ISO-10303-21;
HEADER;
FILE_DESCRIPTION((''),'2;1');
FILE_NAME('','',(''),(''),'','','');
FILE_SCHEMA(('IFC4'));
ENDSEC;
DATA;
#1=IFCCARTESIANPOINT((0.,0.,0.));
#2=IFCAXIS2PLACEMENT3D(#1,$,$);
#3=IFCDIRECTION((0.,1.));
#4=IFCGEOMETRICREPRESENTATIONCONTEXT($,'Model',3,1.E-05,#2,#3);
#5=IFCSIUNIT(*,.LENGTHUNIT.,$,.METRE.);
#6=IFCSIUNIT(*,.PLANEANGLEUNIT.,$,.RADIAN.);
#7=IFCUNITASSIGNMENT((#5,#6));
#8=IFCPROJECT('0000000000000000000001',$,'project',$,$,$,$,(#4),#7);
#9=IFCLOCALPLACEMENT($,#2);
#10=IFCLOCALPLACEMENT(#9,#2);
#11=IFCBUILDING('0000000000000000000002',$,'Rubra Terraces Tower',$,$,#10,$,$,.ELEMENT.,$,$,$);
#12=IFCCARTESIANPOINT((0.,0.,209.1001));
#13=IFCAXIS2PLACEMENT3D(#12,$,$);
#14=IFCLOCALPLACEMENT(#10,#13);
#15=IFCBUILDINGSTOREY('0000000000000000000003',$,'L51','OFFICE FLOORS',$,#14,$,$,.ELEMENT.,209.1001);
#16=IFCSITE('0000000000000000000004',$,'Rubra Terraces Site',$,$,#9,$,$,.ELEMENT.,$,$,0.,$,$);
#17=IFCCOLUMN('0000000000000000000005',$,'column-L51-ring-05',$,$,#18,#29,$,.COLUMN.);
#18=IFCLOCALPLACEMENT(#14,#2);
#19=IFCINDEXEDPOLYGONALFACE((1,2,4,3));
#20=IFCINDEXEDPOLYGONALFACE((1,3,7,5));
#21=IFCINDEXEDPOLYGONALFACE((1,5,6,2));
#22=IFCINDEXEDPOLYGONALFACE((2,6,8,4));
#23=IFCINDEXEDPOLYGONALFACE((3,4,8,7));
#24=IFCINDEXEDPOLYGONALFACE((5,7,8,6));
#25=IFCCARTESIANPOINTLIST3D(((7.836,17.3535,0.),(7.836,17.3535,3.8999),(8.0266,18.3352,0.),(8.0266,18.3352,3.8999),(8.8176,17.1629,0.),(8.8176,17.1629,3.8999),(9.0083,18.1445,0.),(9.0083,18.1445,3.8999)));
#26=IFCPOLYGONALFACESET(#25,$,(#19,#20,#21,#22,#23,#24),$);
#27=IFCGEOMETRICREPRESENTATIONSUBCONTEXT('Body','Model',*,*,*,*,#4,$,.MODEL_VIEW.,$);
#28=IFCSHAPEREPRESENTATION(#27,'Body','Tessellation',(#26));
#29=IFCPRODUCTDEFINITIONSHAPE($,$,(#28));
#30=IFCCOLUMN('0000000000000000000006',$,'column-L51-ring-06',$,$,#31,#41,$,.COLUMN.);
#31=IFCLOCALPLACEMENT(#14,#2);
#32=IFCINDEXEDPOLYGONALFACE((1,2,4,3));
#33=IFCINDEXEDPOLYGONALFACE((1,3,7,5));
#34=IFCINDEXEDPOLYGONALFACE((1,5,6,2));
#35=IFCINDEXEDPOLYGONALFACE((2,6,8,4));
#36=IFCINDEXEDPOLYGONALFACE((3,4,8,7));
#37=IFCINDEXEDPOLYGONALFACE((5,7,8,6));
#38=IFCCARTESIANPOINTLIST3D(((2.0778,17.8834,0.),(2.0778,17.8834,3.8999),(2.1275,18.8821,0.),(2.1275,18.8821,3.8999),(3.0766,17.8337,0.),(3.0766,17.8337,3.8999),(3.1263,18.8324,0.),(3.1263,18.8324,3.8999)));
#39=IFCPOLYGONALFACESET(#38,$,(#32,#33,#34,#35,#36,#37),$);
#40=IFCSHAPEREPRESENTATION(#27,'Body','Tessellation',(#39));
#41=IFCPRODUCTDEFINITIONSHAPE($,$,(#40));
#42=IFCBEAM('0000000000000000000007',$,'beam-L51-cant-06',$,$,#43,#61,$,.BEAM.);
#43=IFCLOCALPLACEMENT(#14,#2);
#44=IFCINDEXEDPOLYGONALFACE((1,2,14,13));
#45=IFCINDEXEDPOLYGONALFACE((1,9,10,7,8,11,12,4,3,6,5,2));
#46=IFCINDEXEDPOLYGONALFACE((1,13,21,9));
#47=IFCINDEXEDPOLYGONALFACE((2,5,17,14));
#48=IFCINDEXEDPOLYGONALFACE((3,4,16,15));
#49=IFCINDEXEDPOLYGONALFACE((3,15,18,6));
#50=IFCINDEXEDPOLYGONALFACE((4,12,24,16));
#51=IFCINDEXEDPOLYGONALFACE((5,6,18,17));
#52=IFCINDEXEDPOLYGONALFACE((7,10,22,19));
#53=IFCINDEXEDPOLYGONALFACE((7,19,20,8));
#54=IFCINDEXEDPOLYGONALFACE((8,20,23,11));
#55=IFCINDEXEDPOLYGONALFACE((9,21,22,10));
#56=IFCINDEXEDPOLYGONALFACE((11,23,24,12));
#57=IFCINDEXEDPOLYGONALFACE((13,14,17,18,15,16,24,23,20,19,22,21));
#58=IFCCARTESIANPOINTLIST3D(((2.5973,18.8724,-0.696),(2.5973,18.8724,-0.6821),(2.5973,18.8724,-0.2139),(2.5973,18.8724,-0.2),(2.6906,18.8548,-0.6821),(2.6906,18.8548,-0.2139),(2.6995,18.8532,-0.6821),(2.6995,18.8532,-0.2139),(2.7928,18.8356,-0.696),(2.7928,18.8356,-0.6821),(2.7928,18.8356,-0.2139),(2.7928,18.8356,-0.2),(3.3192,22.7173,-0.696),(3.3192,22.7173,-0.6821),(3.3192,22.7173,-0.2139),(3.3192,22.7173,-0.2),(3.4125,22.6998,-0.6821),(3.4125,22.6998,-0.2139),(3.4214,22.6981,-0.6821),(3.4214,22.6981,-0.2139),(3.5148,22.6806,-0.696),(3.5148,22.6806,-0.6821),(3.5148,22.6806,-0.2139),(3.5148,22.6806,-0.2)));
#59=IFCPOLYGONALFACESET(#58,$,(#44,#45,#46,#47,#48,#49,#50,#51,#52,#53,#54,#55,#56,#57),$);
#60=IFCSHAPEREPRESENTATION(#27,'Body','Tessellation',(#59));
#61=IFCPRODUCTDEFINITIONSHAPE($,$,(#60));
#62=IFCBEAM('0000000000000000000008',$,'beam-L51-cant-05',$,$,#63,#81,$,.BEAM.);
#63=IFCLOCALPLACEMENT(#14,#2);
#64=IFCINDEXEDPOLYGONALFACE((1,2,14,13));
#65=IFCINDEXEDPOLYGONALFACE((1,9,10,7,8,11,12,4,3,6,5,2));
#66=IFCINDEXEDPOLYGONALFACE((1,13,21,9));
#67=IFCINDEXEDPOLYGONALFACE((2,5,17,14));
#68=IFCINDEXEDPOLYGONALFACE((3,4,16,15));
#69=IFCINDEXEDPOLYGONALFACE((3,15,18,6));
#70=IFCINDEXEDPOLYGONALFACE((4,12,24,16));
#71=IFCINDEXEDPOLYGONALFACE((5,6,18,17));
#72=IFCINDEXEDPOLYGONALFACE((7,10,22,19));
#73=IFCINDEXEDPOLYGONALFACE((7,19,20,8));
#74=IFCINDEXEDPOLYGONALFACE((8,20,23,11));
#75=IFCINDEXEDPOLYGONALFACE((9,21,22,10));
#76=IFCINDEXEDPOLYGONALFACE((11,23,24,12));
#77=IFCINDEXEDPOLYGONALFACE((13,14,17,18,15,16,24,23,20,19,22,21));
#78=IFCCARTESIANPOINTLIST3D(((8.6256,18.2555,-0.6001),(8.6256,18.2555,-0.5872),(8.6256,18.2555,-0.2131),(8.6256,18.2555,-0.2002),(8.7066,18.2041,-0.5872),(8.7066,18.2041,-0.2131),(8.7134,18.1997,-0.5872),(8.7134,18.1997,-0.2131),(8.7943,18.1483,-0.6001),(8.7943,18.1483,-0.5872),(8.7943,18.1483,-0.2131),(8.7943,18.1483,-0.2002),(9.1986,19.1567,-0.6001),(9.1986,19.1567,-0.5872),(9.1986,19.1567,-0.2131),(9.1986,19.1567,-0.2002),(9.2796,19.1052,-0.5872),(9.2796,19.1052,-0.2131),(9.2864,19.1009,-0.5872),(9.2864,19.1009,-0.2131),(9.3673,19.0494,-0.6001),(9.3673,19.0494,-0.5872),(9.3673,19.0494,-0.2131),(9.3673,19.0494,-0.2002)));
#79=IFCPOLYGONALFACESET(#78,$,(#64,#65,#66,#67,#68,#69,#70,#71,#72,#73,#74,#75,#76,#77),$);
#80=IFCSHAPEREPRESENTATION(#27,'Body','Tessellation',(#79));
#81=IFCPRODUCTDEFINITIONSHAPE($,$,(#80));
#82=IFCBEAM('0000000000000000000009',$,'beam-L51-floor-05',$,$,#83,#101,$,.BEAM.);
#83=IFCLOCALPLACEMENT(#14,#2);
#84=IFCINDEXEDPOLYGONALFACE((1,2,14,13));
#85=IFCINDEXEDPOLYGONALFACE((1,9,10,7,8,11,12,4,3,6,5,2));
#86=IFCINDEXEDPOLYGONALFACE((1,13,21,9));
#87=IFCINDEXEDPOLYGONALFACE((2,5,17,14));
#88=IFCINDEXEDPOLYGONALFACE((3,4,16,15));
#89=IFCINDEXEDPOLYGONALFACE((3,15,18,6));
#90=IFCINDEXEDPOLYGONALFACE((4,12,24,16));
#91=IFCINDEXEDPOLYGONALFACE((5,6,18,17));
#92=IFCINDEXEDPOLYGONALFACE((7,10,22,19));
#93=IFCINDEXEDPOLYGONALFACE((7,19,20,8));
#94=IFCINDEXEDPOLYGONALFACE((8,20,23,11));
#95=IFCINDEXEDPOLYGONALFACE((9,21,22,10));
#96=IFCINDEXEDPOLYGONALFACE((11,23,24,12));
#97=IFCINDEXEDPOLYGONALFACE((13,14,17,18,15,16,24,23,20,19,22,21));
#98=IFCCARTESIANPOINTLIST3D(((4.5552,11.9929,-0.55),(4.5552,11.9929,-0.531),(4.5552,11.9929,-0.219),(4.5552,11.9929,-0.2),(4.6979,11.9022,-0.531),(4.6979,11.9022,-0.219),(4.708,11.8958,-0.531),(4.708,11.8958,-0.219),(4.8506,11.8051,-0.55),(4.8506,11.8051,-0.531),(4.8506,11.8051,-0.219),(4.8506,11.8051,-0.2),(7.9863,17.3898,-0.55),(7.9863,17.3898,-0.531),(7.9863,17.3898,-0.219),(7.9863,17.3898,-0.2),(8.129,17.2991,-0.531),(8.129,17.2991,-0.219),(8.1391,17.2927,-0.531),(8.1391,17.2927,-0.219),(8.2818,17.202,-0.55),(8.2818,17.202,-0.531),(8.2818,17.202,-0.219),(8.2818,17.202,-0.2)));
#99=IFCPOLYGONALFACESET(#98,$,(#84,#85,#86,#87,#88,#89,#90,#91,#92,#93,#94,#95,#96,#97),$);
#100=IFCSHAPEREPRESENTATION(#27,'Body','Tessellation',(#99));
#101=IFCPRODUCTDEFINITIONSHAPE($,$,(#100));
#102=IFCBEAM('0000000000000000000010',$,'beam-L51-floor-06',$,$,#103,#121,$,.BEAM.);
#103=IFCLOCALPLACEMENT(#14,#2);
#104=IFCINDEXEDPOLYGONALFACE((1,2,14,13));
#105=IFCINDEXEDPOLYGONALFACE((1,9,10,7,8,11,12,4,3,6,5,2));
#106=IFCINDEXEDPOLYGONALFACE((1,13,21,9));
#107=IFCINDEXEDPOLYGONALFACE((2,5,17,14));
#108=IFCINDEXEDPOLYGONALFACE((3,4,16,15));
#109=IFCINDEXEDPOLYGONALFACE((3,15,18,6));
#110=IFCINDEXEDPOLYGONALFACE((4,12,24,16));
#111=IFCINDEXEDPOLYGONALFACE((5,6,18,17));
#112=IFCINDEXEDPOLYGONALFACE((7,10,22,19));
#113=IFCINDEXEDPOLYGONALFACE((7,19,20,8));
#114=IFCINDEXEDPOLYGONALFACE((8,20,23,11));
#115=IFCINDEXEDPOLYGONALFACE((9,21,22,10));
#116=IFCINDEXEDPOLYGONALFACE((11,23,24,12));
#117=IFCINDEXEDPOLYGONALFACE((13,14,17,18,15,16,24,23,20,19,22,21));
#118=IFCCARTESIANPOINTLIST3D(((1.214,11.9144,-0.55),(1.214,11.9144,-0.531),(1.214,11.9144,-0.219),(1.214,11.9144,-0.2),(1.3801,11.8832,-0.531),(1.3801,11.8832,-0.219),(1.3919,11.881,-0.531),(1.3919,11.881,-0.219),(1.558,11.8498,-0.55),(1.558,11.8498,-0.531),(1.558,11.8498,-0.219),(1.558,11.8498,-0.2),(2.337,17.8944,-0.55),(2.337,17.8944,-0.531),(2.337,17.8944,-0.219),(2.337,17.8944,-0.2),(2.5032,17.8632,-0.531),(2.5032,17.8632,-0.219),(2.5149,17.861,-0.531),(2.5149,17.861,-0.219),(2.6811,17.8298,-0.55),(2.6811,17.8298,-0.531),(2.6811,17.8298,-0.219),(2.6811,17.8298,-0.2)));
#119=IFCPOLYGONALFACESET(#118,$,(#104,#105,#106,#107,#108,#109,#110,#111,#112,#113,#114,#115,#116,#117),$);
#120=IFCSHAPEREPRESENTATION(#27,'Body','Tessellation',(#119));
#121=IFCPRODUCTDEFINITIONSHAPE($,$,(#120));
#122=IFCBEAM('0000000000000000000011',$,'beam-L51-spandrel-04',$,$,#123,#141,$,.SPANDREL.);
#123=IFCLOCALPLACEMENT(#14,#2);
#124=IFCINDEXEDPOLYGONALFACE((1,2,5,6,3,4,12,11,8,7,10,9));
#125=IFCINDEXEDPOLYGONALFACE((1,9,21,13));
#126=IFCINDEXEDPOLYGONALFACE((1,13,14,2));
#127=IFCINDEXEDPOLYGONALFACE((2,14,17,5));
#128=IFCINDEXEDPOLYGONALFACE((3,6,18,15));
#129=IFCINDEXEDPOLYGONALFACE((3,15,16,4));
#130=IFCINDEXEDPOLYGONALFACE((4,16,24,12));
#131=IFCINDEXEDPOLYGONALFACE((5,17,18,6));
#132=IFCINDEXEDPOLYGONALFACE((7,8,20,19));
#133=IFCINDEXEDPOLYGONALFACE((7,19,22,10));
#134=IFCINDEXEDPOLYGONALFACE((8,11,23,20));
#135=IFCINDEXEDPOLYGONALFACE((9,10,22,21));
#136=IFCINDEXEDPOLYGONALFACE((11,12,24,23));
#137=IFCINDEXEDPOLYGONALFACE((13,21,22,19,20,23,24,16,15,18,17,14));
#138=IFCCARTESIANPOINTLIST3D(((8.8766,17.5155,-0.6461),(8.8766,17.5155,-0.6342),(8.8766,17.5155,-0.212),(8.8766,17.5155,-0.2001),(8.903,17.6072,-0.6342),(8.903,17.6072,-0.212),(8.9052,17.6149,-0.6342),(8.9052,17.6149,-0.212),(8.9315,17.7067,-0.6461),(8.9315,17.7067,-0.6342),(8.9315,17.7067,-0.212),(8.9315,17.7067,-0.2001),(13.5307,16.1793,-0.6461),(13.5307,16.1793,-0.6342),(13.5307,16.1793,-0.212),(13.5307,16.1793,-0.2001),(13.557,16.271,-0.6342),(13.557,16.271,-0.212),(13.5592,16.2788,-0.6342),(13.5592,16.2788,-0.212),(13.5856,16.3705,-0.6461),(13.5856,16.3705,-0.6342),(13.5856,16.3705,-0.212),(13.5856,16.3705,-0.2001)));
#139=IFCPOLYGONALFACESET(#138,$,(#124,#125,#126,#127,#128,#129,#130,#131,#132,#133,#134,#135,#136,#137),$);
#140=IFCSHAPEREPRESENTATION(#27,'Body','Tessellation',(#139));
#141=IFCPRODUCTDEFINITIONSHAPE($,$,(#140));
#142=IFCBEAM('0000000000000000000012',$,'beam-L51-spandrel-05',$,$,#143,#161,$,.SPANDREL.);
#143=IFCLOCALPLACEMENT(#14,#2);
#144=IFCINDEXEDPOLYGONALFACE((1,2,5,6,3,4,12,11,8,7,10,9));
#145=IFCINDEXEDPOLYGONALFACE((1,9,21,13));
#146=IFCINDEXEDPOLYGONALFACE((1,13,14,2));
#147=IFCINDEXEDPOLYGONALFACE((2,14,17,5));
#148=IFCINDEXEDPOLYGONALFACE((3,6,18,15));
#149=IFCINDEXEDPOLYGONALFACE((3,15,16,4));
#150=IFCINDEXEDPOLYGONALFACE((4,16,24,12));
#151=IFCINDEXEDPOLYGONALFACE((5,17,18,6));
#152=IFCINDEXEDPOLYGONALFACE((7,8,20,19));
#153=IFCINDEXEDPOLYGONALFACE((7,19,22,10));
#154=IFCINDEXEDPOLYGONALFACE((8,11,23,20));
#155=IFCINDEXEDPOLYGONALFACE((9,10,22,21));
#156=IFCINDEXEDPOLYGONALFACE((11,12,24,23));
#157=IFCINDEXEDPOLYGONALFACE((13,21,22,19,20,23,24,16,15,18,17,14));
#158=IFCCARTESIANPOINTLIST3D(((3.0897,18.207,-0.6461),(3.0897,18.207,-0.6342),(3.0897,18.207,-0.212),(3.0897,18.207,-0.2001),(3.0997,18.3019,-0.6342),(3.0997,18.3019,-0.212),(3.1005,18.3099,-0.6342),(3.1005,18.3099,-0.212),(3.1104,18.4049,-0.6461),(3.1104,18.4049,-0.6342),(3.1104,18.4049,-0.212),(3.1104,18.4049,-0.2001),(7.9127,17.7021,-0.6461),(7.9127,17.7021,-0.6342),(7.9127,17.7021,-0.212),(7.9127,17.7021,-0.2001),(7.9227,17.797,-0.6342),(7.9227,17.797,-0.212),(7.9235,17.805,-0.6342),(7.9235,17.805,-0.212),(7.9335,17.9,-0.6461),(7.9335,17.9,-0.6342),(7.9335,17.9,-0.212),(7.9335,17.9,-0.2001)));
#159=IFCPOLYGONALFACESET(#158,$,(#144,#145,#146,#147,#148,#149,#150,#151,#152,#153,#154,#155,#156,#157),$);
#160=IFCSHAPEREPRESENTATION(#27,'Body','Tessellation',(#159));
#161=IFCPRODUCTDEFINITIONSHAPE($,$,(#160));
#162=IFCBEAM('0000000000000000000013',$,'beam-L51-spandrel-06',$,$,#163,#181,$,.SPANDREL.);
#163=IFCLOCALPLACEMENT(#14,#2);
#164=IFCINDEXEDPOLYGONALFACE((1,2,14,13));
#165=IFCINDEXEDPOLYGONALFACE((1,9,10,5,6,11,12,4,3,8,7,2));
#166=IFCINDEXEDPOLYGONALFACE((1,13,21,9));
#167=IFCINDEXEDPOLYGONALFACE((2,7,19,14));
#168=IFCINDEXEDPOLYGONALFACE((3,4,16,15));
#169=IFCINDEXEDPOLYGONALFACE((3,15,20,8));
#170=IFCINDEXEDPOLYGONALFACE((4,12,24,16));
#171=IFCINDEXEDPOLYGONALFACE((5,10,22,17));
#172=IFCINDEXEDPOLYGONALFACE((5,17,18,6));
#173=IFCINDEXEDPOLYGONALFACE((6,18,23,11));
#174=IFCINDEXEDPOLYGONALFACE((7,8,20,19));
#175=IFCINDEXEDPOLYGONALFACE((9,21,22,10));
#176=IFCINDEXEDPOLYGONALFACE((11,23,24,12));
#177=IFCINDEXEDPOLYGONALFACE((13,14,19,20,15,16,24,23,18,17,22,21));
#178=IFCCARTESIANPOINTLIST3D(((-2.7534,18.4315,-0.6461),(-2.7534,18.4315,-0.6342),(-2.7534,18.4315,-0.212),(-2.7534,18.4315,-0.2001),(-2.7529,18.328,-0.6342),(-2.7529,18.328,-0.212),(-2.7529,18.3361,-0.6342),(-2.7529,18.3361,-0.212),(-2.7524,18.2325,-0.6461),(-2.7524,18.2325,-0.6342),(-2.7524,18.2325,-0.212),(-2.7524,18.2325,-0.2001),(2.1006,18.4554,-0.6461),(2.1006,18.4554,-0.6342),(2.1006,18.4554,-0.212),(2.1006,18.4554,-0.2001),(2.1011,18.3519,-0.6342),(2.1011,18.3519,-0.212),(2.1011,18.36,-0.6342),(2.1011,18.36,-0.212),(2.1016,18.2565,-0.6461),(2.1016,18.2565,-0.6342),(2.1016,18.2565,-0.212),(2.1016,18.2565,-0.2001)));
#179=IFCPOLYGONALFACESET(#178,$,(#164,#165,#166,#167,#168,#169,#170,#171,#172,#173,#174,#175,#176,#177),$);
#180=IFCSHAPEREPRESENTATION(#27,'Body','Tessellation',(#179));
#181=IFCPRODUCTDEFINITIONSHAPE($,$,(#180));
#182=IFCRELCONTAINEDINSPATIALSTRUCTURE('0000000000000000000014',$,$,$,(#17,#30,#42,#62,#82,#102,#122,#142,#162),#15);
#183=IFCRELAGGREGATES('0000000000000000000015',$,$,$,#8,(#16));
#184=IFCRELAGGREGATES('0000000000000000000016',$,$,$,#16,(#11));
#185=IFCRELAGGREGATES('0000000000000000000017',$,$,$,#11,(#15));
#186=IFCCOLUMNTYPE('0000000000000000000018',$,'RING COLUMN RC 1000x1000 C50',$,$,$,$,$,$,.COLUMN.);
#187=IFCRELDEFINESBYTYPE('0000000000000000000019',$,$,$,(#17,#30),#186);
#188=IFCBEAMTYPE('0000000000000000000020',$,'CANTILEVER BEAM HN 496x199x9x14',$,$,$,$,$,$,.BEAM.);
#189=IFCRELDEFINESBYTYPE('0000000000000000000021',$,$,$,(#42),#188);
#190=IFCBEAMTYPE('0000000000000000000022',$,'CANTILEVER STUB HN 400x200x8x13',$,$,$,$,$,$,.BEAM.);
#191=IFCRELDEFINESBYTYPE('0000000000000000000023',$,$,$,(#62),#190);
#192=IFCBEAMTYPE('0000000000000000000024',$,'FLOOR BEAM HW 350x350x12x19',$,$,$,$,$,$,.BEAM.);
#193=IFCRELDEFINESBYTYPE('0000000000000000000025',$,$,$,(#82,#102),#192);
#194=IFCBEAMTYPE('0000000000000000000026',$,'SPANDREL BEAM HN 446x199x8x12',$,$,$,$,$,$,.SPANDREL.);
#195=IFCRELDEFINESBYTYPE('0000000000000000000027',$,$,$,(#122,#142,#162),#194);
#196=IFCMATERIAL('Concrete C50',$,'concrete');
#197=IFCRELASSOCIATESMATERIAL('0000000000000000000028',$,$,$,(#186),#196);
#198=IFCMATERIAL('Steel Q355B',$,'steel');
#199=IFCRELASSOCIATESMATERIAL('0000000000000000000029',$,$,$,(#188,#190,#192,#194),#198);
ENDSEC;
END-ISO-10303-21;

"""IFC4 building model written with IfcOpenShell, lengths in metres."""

from ifc_helpers import new_model, si_unit, direction, frame, origin, origin_2d, place, context, subcontext, project, spatial, rectangle, i_section, extrude, material, material_profile, profile_set, type_object, element, save


model = new_model("IFC4")

# Units and contexts
model_context = context("Model", 3, precision=1e-05, world=origin(), true_north=direction((0.0, 1.0)))
body_context = subcontext(model_context, "Body", "Model", "MODEL_VIEW")
ifc_project = project(units=[si_unit("LENGTHUNIT", "METRE"), si_unit("PLANEANGLEUNIT", "RADIAN")], contexts=[model_context])

# Site, building, storey
site_placement = place(None, origin())
site = spatial("IfcSite", under=ifc_project, at=site_placement, Name="Rubra Terraces Site", CompositionType="ELEMENT", RefElevation=0.0)
building_placement = place(site_placement, origin())
building = spatial("IfcBuilding", under=site, at=building_placement, Name="Rubra Terraces Tower", CompositionType="ELEMENT")
storey_placement = place(building_placement, frame((0.0, 0.0, 209.1001)))
storey = spatial("IfcBuildingStorey", under=building, at=storey_placement, Name="L51", Description="OFFICE FLOORS", CompositionType="ELEMENT", Elevation=209.1001)

# Columns
ifc_material_1 = material(Name="Concrete C50", Category="concrete")
ifc_material_profile_1 = material_profile(ifc_material_1, rectangle(XDim=1.0, YDim=1.0, at=origin_2d()), Name="RC 1000x1000")
ifc_profile_set_1 = profile_set([ifc_material_profile_1], Name="Concrete C50")
column_type = type_object("IfcColumnType", Name="RING COLUMN RC 1000x1000 C50", PredefinedType="COLUMN", material=ifc_profile_set_1)
for number, where, z_axis, x_axis, name in (
    (1, (8.4221, 17.749, 0.0), (0.0, 0.0, 1.0), (-0.981655, 0.190668, 0.0), "column-L51-ring-05"),
    (2, (2.6021, 18.3579, 0.0), (0.0, 0.0, 1.0), (-0.998764, 0.049699, 0.0), "column-L51-ring-06"),
):
    element("IfcColumn", number, at=place(storey_placement, frame(where, z_axis=z_axis, x_axis=x_axis)), inside=storey, type_object=column_type, Name=name, PredefinedType="COLUMN", context=body_context, shape_type="SweptSolid", body=[
        extrude(rectangle(XDim=1.0, YDim=1.0, at=origin_2d()), origin(), (0.0, 0.0, 1.0), 3.8999),
    ])

# Beams
ifc_material_2 = material(Name="Steel Q355B", Category="steel")
ifc_material_profile_2 = material_profile(ifc_material_2, i_section(OverallWidth=0.199, OverallDepth=0.4961, WebThickness=0.009, FlangeThickness=0.0139, at=origin_2d()), Name="HN 496x199x9x14")
ifc_profile_set_2 = profile_set([ifc_material_profile_2], Name="Steel Q355B")
beam_type_1 = type_object("IfcBeamType", Name="CANTILEVER BEAM HN 496x199x9x14", PredefinedType="BEAM", material=ifc_profile_set_2)
beam_1_placement = place(storey_placement, frame((2.6951, 18.854, -0.448), z_axis=(0.184533, 0.982826, 0.0), x_axis=(-0.982826, 0.184533, 0.0)))
element("IfcBeam", 3, at=beam_1_placement, inside=storey, type_object=beam_type_1, Name="beam-L51-cant-06", PredefinedType="BEAM", context=body_context, shape_type="SweptSolid", body=[
    extrude(i_section(OverallWidth=0.199, OverallDepth=0.4961, WebThickness=0.009, FlangeThickness=0.0139, at=origin_2d()), origin(), (0.0, 0.0, 1.0), 3.9121),
])
ifc_material_profile_3 = material_profile(ifc_material_2, i_section(OverallWidth=0.2, OverallDepth=0.3999, WebThickness=0.0081, FlangeThickness=0.0129, at=origin_2d()), Name="HN 400x200x8x13")
ifc_profile_set_3 = profile_set([ifc_material_profile_3], Name="Steel Q355B")
beam_type_2 = type_object("IfcBeamType", Name="CANTILEVER STUB HN 400x200x8x13", PredefinedType="BEAM", material=ifc_profile_set_3)
beam_2_placement = place(storey_placement, frame((8.71, 18.2019, -0.4001), z_axis=(0.53658, 0.84385, 0.0), x_axis=(-0.84385, 0.53658, 0.0)))
element("IfcBeam", 4, at=beam_2_placement, inside=storey, type_object=beam_type_2, Name="beam-L51-cant-05", PredefinedType="BEAM", context=body_context, shape_type="SweptSolid", body=[
    extrude(i_section(OverallWidth=0.2, OverallDepth=0.3999, WebThickness=0.0081, FlangeThickness=0.0129, at=origin_2d()), origin(), (0.0, 0.0, 1.0), 1.0679),
])
ifc_material_profile_4 = material_profile(ifc_material_2, i_section(OverallWidth=0.3501, OverallDepth=0.3501, WebThickness=0.012, FlangeThickness=0.019, at=origin_2d()), Name="HW 350x350x12x19")
ifc_profile_set_4 = profile_set([ifc_material_profile_4], Name="Steel Q355B")
beam_type_3 = type_object("IfcBeamType", Name="FLOOR BEAM HW 350x350x12x19", PredefinedType="BEAM", material=ifc_profile_set_4)
beam_3_placement = place(storey_placement, frame((8.134, 17.2959, -0.375), z_axis=(-0.53651, -0.843894, 0.0), x_axis=(0.843894, -0.53651, 0.0)))
element("IfcBeam", 5, at=beam_3_placement, inside=storey, type_object=beam_type_3, Name="beam-L51-floor-05", PredefinedType="BEAM", context=body_context, shape_type="SweptSolid", body=[
    extrude(i_section(OverallWidth=0.3501, OverallDepth=0.3501, WebThickness=0.012, FlangeThickness=0.019, at=origin_2d()), origin(), (0.0, 0.0, 1.0), 6.3953),
])
beam_4_placement = place(storey_placement, frame((2.509, 17.8621, -0.375), z_axis=(-0.184574, -0.982819, 0.0), x_axis=(0.982819, -0.184574, 0.0)))
element("IfcBeam", 6, at=beam_4_placement, inside=storey, type_object=beam_type_3, Name="beam-L51-floor-06", PredefinedType="BEAM", context=body_context, shape_type="SweptSolid", body=[
    extrude(i_section(OverallWidth=0.3501, OverallDepth=0.3501, WebThickness=0.012, FlangeThickness=0.019, at=origin_2d()), origin(), (0.0, 0.0, 1.0), 6.0845),
])
ifc_material_profile_5 = material_profile(ifc_material_2, i_section(OverallWidth=0.199, OverallDepth=0.446, WebThickness=0.0081, FlangeThickness=0.012, at=origin_2d()), Name="HN 446x199x8x12")
ifc_profile_set_5 = profile_set([ifc_material_profile_5], Name="Steel Q355B")
beam_type_4 = type_object("IfcBeamType", Name="SPANDREL BEAM HN 446x199x8x12", PredefinedType="SPANDREL", material=ifc_profile_set_5)
beam_5_placement = place(storey_placement, frame((13.5581, 16.2749, -0.4231), z_axis=(-0.961171, 0.275953, 0.0), x_axis=(-0.275953, -0.961171, 0.0)))
element("IfcBeam", 7, at=beam_5_placement, inside=storey, type_object=beam_type_4, Name="beam-L51-spandrel-04", PredefinedType="SPANDREL", context=body_context, shape_type="SweptSolid", body=[
    extrude(i_section(OverallWidth=0.199, OverallDepth=0.446, WebThickness=0.0081, FlangeThickness=0.012, at=origin_2d()), origin(), (0.0, 0.0, 1.0), 4.842),
])
beam_6_placement = place(storey_placement, frame((7.9231, 17.801, -0.4231), z_axis=(-0.994565, 0.104113, 0.0), x_axis=(-0.104113, -0.994565, 0.0)))
element("IfcBeam", 8, at=beam_6_placement, inside=storey, type_object=beam_type_4, Name="beam-L51-spandrel-05", PredefinedType="SPANDREL", context=body_context, shape_type="SweptSolid", body=[
    extrude(i_section(OverallWidth=0.199, OverallDepth=0.446, WebThickness=0.0081, FlangeThickness=0.012, at=origin_2d()), origin(), (0.0, 0.0, 1.0), 4.8494),
])
beam_7_placement = place(storey_placement, frame((2.1011, 18.356, -0.4231), z_axis=(-0.999988, -0.004929, 0.0), x_axis=(0.004929, -0.999988, 0.0)))
element("IfcBeam", 9, at=beam_7_placement, inside=storey, type_object=beam_type_4, Name="beam-L51-spandrel-06", PredefinedType="SPANDREL", context=body_context, shape_type="SweptSolid", body=[
    extrude(i_section(OverallWidth=0.199, OverallDepth=0.446, WebThickness=0.0081, FlangeThickness=0.012, at=origin_2d()), origin(), (0.0, 0.0, 1.0), 4.854),
])

save(model, "model.ifc")
